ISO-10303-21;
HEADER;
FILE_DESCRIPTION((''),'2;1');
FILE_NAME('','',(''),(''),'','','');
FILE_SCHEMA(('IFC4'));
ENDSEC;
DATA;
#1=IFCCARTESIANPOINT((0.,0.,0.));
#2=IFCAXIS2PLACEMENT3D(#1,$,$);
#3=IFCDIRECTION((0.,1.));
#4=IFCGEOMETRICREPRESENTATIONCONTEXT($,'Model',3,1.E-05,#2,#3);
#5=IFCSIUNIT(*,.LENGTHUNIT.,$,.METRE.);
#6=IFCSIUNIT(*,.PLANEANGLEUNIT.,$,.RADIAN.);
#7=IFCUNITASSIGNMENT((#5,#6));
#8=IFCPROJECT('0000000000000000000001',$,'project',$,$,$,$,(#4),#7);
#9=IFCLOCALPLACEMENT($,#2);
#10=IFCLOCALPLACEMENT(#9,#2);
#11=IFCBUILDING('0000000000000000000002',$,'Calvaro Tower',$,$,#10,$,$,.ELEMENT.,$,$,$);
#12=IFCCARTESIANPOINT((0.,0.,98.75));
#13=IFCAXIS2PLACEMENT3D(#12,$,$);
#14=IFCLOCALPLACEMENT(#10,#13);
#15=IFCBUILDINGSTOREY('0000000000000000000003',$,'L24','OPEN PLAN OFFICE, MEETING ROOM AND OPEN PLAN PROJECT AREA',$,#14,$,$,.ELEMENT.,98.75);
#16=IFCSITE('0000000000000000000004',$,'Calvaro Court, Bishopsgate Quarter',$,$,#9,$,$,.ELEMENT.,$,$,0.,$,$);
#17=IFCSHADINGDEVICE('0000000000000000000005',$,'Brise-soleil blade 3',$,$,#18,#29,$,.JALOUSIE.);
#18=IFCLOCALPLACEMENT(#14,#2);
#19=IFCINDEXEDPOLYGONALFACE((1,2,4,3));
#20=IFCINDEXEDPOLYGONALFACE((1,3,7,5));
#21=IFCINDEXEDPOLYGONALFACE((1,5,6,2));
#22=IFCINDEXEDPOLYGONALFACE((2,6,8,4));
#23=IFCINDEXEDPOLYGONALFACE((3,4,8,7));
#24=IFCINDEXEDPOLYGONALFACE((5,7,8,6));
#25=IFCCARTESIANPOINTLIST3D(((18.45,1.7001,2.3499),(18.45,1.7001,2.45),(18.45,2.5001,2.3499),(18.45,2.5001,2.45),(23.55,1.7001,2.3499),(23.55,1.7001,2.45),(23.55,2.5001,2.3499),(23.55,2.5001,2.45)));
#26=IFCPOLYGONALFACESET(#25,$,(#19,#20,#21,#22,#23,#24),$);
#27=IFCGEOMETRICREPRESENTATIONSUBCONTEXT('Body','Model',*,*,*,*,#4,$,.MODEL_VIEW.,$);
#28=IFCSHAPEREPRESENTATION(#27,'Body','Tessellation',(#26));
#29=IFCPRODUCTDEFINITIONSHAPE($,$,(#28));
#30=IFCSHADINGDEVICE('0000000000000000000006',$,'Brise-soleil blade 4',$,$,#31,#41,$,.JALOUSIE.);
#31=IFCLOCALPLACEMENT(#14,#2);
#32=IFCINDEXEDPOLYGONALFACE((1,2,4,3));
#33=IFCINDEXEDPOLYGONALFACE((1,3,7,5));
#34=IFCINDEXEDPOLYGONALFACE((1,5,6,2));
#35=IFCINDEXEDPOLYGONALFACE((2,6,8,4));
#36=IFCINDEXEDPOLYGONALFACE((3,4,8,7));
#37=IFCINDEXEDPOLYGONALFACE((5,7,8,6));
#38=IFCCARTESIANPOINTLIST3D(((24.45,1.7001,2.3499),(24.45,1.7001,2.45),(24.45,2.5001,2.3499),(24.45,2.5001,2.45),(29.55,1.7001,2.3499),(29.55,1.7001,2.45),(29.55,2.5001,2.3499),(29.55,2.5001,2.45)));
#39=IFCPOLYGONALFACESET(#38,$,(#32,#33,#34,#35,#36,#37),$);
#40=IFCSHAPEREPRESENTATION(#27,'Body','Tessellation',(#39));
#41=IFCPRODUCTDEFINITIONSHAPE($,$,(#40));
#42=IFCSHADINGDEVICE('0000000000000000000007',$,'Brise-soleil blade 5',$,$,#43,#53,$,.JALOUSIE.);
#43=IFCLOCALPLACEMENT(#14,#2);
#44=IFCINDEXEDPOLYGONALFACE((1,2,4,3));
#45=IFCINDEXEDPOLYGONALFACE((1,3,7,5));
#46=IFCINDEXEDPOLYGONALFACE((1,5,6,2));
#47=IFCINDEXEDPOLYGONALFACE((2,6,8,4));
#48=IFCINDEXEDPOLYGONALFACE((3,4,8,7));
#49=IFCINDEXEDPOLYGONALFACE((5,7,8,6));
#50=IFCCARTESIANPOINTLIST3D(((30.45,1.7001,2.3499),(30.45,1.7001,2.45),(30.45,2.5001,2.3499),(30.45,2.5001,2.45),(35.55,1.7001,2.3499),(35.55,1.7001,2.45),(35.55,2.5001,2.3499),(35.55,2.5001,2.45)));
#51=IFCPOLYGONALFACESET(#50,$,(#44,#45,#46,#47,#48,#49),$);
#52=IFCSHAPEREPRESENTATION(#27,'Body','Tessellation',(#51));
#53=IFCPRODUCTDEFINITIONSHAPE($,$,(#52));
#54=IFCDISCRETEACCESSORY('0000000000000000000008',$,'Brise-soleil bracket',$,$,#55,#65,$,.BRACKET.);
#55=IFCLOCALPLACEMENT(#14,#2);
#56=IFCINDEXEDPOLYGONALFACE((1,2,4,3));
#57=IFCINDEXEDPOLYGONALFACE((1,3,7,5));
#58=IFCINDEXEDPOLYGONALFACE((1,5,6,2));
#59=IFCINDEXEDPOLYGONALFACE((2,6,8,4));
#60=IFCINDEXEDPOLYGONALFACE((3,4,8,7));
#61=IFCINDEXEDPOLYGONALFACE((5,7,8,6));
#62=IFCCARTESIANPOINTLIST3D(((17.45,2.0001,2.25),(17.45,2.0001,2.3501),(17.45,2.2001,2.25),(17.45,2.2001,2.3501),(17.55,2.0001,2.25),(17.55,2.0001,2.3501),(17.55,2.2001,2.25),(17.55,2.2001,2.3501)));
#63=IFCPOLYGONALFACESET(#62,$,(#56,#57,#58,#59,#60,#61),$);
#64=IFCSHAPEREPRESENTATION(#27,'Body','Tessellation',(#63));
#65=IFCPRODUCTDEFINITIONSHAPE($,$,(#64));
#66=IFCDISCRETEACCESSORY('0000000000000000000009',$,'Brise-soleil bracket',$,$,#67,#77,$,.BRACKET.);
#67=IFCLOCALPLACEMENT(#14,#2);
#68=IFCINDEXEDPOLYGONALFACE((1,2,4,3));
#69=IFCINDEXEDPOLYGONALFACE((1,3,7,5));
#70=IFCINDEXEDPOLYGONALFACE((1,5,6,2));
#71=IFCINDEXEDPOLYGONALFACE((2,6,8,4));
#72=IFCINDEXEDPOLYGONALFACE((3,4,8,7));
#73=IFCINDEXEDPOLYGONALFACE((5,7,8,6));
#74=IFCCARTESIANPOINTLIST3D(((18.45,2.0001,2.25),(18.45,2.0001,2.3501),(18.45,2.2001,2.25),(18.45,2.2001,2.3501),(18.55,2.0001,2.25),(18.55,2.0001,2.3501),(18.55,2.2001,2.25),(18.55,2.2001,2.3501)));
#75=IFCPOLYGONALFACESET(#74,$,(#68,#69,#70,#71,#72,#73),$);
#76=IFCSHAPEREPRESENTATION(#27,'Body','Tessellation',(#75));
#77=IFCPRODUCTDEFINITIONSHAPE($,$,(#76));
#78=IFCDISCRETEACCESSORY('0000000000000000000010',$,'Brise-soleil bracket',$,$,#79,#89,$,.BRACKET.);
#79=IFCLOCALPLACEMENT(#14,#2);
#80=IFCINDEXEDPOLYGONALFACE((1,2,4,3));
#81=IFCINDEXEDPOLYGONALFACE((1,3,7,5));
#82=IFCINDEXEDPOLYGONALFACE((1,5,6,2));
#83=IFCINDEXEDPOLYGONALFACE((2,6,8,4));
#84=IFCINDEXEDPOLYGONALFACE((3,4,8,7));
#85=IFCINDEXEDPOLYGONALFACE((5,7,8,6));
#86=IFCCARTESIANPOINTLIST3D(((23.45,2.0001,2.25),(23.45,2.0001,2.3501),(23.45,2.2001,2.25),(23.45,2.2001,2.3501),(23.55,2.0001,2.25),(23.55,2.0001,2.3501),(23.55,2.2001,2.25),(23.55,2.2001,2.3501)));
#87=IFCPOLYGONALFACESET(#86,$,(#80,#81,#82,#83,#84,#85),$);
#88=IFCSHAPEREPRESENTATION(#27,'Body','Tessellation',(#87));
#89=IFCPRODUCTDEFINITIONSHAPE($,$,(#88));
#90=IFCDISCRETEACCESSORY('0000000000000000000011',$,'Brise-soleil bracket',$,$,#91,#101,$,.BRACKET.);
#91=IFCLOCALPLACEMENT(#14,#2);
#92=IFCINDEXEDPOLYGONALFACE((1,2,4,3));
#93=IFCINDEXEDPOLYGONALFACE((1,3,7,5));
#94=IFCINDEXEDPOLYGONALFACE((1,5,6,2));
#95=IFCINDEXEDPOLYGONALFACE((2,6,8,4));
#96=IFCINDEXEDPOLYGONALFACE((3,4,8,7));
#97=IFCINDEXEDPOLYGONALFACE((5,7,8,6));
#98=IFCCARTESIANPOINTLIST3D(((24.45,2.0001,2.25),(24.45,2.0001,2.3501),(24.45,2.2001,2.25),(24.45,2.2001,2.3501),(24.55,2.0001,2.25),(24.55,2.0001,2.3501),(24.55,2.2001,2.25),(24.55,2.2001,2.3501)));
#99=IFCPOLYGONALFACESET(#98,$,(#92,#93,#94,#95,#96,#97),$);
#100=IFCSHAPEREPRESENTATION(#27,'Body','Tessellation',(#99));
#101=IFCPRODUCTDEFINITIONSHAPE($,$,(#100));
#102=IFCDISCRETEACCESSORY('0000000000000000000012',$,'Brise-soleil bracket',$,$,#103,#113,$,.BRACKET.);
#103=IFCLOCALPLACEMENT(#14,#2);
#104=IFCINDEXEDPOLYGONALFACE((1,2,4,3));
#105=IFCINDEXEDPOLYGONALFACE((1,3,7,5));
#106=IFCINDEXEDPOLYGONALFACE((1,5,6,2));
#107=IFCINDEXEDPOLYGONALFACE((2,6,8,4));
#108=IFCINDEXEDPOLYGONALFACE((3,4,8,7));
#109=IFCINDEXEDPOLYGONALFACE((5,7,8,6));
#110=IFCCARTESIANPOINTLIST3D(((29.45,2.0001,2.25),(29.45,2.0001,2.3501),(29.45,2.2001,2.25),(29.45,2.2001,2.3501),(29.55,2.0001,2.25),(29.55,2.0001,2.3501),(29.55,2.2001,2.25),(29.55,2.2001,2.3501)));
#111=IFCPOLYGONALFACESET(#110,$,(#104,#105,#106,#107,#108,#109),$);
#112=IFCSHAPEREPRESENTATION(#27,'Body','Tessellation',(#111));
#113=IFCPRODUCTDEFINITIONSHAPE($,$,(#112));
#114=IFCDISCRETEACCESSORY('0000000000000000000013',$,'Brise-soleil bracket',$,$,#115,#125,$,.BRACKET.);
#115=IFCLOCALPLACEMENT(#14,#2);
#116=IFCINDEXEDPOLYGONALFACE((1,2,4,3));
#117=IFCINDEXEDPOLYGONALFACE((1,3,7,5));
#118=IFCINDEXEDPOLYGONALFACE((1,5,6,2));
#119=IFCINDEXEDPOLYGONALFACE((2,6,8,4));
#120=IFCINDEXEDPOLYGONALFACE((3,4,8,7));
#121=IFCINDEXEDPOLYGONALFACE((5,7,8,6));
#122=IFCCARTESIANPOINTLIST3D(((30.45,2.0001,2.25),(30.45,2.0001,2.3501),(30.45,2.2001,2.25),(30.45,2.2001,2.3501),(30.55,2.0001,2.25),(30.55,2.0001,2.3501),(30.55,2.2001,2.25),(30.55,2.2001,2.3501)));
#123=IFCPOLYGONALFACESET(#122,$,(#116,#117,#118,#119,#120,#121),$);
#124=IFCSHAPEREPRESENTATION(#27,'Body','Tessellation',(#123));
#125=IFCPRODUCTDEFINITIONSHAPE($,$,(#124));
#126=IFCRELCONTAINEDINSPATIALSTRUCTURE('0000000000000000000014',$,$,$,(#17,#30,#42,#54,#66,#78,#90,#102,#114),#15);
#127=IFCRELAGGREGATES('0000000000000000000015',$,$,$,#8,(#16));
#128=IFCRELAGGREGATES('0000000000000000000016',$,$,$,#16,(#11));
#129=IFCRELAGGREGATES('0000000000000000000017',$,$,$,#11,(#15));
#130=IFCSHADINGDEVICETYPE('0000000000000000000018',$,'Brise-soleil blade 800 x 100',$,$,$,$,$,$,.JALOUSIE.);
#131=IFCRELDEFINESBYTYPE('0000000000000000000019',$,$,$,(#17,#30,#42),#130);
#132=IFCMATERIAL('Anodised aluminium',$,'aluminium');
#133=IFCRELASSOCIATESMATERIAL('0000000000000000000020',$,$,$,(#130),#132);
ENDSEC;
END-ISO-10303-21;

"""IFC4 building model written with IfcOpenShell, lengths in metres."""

from ifc_helpers import new_model, si_unit, direction, frame, origin, origin_2d, place, context, subcontext, project, spatial, rectangle, extrude, material, material_profile, profile_set, type_object, element, save


model = new_model("IFC4")

# Units and contexts
model_context = context("Model", 3, precision=1e-05, world=origin(), true_north=direction((0.0, 1.0)))
body_context = subcontext(model_context, "Body", "Model", "MODEL_VIEW")
ifc_project = project(units=[si_unit("LENGTHUNIT", "METRE"), si_unit("PLANEANGLEUNIT", "RADIAN")], contexts=[model_context])

# Site, building, storey
site_placement = place(None, origin())
site = spatial("IfcSite", under=ifc_project, at=site_placement, Name="Calvaro Court, Bishopsgate Quarter", CompositionType="ELEMENT", RefElevation=0.0)
building_placement = place(site_placement, origin())
building = spatial("IfcBuilding", under=site, at=building_placement, Name="Calvaro Tower", CompositionType="ELEMENT")
storey_placement = place(building_placement, frame((0.0, 0.0, 98.75)))
storey = spatial("IfcBuildingStorey", under=building, at=storey_placement, Name="L24", Description="OPEN PLAN OFFICE, MEETING ROOM AND OPEN PLAN PROJECT AREA", CompositionType="ELEMENT", Elevation=98.75)

# Shading devices
ifc_material_1 = material(Name="Anodised aluminium", Category="aluminium")
ifc_material_profile_1 = material_profile(ifc_material_1, rectangle(XDim=0.8, YDim=0.1001, at=origin_2d()), Name="Brise-soleil blade 800 x 100")
ifc_profile_set_1 = profile_set([ifc_material_profile_1], Name="Anodised aluminium")
shading_device_type = type_object("IfcShadingDeviceType", Name="Brise-soleil blade 800 x 100", PredefinedType="JALOUSIE", material=ifc_profile_set_1)
for number, where, z_axis, x_axis, name in (
    (1, (18.45, 2.1001, 2.3999), (1.0, 0.0, 0.0), (0.0, 1.0, 0.0), "Brise-soleil blade 3"),
    (2, (24.45, 2.1001, 2.3999), (1.0, 0.0, 0.0), (0.0, 1.0, 0.0), "Brise-soleil blade 4"),
    (3, (30.45, 2.1001, 2.3999), (1.0, 0.0, 0.0), (0.0, 1.0, 0.0), "Brise-soleil blade 5"),
):
    element("IfcShadingDevice", number, at=place(storey_placement, frame(where, z_axis=z_axis, x_axis=x_axis)), inside=storey, type_object=shading_device_type, Name=name, PredefinedType="JALOUSIE", context=body_context, shape_type="SweptSolid", body=[
        extrude(rectangle(XDim=0.8, YDim=0.1001, at=origin_2d()), origin(), (0.0, 0.0, 1.0), 5.1001),
    ])

# Discrete accessories
for number, where, z_axis, x_axis, name in (
    (4, (17.5, 2.1001, 2.25), (0.0, 0.0, 1.0), (1.0, 0.0, 0.0), "Brise-soleil bracket"),
    (5, (18.5, 2.1001, 2.25), (0.0, 0.0, 1.0), (1.0, 0.0, 0.0), "Brise-soleil bracket"),
    (6, (23.5, 2.1001, 2.25), (0.0, 0.0, 1.0), (1.0, 0.0, 0.0), "Brise-soleil bracket"),
    (7, (24.5, 2.1001, 2.25), (0.0, 0.0, 1.0), (1.0, 0.0, 0.0), "Brise-soleil bracket"),
    (8, (29.5, 2.1001, 2.25), (0.0, 0.0, 1.0), (1.0, 0.0, 0.0), "Brise-soleil bracket"),
    (9, (30.5, 2.1001, 2.25), (0.0, 0.0, 1.0), (1.0, 0.0, 0.0), "Brise-soleil bracket"),
):
    element("IfcDiscreteAccessory", number, at=place(storey_placement, frame(where, z_axis=z_axis, x_axis=x_axis)), inside=storey, Name=name, PredefinedType="BRACKET", context=body_context, shape_type="SweptSolid", body=[
        extrude(rectangle(XDim=0.1001, YDim=0.2, at=origin_2d()), origin(), (0.0, 0.0, 1.0), 0.1001),
    ])

save(model, "model.ifc")
